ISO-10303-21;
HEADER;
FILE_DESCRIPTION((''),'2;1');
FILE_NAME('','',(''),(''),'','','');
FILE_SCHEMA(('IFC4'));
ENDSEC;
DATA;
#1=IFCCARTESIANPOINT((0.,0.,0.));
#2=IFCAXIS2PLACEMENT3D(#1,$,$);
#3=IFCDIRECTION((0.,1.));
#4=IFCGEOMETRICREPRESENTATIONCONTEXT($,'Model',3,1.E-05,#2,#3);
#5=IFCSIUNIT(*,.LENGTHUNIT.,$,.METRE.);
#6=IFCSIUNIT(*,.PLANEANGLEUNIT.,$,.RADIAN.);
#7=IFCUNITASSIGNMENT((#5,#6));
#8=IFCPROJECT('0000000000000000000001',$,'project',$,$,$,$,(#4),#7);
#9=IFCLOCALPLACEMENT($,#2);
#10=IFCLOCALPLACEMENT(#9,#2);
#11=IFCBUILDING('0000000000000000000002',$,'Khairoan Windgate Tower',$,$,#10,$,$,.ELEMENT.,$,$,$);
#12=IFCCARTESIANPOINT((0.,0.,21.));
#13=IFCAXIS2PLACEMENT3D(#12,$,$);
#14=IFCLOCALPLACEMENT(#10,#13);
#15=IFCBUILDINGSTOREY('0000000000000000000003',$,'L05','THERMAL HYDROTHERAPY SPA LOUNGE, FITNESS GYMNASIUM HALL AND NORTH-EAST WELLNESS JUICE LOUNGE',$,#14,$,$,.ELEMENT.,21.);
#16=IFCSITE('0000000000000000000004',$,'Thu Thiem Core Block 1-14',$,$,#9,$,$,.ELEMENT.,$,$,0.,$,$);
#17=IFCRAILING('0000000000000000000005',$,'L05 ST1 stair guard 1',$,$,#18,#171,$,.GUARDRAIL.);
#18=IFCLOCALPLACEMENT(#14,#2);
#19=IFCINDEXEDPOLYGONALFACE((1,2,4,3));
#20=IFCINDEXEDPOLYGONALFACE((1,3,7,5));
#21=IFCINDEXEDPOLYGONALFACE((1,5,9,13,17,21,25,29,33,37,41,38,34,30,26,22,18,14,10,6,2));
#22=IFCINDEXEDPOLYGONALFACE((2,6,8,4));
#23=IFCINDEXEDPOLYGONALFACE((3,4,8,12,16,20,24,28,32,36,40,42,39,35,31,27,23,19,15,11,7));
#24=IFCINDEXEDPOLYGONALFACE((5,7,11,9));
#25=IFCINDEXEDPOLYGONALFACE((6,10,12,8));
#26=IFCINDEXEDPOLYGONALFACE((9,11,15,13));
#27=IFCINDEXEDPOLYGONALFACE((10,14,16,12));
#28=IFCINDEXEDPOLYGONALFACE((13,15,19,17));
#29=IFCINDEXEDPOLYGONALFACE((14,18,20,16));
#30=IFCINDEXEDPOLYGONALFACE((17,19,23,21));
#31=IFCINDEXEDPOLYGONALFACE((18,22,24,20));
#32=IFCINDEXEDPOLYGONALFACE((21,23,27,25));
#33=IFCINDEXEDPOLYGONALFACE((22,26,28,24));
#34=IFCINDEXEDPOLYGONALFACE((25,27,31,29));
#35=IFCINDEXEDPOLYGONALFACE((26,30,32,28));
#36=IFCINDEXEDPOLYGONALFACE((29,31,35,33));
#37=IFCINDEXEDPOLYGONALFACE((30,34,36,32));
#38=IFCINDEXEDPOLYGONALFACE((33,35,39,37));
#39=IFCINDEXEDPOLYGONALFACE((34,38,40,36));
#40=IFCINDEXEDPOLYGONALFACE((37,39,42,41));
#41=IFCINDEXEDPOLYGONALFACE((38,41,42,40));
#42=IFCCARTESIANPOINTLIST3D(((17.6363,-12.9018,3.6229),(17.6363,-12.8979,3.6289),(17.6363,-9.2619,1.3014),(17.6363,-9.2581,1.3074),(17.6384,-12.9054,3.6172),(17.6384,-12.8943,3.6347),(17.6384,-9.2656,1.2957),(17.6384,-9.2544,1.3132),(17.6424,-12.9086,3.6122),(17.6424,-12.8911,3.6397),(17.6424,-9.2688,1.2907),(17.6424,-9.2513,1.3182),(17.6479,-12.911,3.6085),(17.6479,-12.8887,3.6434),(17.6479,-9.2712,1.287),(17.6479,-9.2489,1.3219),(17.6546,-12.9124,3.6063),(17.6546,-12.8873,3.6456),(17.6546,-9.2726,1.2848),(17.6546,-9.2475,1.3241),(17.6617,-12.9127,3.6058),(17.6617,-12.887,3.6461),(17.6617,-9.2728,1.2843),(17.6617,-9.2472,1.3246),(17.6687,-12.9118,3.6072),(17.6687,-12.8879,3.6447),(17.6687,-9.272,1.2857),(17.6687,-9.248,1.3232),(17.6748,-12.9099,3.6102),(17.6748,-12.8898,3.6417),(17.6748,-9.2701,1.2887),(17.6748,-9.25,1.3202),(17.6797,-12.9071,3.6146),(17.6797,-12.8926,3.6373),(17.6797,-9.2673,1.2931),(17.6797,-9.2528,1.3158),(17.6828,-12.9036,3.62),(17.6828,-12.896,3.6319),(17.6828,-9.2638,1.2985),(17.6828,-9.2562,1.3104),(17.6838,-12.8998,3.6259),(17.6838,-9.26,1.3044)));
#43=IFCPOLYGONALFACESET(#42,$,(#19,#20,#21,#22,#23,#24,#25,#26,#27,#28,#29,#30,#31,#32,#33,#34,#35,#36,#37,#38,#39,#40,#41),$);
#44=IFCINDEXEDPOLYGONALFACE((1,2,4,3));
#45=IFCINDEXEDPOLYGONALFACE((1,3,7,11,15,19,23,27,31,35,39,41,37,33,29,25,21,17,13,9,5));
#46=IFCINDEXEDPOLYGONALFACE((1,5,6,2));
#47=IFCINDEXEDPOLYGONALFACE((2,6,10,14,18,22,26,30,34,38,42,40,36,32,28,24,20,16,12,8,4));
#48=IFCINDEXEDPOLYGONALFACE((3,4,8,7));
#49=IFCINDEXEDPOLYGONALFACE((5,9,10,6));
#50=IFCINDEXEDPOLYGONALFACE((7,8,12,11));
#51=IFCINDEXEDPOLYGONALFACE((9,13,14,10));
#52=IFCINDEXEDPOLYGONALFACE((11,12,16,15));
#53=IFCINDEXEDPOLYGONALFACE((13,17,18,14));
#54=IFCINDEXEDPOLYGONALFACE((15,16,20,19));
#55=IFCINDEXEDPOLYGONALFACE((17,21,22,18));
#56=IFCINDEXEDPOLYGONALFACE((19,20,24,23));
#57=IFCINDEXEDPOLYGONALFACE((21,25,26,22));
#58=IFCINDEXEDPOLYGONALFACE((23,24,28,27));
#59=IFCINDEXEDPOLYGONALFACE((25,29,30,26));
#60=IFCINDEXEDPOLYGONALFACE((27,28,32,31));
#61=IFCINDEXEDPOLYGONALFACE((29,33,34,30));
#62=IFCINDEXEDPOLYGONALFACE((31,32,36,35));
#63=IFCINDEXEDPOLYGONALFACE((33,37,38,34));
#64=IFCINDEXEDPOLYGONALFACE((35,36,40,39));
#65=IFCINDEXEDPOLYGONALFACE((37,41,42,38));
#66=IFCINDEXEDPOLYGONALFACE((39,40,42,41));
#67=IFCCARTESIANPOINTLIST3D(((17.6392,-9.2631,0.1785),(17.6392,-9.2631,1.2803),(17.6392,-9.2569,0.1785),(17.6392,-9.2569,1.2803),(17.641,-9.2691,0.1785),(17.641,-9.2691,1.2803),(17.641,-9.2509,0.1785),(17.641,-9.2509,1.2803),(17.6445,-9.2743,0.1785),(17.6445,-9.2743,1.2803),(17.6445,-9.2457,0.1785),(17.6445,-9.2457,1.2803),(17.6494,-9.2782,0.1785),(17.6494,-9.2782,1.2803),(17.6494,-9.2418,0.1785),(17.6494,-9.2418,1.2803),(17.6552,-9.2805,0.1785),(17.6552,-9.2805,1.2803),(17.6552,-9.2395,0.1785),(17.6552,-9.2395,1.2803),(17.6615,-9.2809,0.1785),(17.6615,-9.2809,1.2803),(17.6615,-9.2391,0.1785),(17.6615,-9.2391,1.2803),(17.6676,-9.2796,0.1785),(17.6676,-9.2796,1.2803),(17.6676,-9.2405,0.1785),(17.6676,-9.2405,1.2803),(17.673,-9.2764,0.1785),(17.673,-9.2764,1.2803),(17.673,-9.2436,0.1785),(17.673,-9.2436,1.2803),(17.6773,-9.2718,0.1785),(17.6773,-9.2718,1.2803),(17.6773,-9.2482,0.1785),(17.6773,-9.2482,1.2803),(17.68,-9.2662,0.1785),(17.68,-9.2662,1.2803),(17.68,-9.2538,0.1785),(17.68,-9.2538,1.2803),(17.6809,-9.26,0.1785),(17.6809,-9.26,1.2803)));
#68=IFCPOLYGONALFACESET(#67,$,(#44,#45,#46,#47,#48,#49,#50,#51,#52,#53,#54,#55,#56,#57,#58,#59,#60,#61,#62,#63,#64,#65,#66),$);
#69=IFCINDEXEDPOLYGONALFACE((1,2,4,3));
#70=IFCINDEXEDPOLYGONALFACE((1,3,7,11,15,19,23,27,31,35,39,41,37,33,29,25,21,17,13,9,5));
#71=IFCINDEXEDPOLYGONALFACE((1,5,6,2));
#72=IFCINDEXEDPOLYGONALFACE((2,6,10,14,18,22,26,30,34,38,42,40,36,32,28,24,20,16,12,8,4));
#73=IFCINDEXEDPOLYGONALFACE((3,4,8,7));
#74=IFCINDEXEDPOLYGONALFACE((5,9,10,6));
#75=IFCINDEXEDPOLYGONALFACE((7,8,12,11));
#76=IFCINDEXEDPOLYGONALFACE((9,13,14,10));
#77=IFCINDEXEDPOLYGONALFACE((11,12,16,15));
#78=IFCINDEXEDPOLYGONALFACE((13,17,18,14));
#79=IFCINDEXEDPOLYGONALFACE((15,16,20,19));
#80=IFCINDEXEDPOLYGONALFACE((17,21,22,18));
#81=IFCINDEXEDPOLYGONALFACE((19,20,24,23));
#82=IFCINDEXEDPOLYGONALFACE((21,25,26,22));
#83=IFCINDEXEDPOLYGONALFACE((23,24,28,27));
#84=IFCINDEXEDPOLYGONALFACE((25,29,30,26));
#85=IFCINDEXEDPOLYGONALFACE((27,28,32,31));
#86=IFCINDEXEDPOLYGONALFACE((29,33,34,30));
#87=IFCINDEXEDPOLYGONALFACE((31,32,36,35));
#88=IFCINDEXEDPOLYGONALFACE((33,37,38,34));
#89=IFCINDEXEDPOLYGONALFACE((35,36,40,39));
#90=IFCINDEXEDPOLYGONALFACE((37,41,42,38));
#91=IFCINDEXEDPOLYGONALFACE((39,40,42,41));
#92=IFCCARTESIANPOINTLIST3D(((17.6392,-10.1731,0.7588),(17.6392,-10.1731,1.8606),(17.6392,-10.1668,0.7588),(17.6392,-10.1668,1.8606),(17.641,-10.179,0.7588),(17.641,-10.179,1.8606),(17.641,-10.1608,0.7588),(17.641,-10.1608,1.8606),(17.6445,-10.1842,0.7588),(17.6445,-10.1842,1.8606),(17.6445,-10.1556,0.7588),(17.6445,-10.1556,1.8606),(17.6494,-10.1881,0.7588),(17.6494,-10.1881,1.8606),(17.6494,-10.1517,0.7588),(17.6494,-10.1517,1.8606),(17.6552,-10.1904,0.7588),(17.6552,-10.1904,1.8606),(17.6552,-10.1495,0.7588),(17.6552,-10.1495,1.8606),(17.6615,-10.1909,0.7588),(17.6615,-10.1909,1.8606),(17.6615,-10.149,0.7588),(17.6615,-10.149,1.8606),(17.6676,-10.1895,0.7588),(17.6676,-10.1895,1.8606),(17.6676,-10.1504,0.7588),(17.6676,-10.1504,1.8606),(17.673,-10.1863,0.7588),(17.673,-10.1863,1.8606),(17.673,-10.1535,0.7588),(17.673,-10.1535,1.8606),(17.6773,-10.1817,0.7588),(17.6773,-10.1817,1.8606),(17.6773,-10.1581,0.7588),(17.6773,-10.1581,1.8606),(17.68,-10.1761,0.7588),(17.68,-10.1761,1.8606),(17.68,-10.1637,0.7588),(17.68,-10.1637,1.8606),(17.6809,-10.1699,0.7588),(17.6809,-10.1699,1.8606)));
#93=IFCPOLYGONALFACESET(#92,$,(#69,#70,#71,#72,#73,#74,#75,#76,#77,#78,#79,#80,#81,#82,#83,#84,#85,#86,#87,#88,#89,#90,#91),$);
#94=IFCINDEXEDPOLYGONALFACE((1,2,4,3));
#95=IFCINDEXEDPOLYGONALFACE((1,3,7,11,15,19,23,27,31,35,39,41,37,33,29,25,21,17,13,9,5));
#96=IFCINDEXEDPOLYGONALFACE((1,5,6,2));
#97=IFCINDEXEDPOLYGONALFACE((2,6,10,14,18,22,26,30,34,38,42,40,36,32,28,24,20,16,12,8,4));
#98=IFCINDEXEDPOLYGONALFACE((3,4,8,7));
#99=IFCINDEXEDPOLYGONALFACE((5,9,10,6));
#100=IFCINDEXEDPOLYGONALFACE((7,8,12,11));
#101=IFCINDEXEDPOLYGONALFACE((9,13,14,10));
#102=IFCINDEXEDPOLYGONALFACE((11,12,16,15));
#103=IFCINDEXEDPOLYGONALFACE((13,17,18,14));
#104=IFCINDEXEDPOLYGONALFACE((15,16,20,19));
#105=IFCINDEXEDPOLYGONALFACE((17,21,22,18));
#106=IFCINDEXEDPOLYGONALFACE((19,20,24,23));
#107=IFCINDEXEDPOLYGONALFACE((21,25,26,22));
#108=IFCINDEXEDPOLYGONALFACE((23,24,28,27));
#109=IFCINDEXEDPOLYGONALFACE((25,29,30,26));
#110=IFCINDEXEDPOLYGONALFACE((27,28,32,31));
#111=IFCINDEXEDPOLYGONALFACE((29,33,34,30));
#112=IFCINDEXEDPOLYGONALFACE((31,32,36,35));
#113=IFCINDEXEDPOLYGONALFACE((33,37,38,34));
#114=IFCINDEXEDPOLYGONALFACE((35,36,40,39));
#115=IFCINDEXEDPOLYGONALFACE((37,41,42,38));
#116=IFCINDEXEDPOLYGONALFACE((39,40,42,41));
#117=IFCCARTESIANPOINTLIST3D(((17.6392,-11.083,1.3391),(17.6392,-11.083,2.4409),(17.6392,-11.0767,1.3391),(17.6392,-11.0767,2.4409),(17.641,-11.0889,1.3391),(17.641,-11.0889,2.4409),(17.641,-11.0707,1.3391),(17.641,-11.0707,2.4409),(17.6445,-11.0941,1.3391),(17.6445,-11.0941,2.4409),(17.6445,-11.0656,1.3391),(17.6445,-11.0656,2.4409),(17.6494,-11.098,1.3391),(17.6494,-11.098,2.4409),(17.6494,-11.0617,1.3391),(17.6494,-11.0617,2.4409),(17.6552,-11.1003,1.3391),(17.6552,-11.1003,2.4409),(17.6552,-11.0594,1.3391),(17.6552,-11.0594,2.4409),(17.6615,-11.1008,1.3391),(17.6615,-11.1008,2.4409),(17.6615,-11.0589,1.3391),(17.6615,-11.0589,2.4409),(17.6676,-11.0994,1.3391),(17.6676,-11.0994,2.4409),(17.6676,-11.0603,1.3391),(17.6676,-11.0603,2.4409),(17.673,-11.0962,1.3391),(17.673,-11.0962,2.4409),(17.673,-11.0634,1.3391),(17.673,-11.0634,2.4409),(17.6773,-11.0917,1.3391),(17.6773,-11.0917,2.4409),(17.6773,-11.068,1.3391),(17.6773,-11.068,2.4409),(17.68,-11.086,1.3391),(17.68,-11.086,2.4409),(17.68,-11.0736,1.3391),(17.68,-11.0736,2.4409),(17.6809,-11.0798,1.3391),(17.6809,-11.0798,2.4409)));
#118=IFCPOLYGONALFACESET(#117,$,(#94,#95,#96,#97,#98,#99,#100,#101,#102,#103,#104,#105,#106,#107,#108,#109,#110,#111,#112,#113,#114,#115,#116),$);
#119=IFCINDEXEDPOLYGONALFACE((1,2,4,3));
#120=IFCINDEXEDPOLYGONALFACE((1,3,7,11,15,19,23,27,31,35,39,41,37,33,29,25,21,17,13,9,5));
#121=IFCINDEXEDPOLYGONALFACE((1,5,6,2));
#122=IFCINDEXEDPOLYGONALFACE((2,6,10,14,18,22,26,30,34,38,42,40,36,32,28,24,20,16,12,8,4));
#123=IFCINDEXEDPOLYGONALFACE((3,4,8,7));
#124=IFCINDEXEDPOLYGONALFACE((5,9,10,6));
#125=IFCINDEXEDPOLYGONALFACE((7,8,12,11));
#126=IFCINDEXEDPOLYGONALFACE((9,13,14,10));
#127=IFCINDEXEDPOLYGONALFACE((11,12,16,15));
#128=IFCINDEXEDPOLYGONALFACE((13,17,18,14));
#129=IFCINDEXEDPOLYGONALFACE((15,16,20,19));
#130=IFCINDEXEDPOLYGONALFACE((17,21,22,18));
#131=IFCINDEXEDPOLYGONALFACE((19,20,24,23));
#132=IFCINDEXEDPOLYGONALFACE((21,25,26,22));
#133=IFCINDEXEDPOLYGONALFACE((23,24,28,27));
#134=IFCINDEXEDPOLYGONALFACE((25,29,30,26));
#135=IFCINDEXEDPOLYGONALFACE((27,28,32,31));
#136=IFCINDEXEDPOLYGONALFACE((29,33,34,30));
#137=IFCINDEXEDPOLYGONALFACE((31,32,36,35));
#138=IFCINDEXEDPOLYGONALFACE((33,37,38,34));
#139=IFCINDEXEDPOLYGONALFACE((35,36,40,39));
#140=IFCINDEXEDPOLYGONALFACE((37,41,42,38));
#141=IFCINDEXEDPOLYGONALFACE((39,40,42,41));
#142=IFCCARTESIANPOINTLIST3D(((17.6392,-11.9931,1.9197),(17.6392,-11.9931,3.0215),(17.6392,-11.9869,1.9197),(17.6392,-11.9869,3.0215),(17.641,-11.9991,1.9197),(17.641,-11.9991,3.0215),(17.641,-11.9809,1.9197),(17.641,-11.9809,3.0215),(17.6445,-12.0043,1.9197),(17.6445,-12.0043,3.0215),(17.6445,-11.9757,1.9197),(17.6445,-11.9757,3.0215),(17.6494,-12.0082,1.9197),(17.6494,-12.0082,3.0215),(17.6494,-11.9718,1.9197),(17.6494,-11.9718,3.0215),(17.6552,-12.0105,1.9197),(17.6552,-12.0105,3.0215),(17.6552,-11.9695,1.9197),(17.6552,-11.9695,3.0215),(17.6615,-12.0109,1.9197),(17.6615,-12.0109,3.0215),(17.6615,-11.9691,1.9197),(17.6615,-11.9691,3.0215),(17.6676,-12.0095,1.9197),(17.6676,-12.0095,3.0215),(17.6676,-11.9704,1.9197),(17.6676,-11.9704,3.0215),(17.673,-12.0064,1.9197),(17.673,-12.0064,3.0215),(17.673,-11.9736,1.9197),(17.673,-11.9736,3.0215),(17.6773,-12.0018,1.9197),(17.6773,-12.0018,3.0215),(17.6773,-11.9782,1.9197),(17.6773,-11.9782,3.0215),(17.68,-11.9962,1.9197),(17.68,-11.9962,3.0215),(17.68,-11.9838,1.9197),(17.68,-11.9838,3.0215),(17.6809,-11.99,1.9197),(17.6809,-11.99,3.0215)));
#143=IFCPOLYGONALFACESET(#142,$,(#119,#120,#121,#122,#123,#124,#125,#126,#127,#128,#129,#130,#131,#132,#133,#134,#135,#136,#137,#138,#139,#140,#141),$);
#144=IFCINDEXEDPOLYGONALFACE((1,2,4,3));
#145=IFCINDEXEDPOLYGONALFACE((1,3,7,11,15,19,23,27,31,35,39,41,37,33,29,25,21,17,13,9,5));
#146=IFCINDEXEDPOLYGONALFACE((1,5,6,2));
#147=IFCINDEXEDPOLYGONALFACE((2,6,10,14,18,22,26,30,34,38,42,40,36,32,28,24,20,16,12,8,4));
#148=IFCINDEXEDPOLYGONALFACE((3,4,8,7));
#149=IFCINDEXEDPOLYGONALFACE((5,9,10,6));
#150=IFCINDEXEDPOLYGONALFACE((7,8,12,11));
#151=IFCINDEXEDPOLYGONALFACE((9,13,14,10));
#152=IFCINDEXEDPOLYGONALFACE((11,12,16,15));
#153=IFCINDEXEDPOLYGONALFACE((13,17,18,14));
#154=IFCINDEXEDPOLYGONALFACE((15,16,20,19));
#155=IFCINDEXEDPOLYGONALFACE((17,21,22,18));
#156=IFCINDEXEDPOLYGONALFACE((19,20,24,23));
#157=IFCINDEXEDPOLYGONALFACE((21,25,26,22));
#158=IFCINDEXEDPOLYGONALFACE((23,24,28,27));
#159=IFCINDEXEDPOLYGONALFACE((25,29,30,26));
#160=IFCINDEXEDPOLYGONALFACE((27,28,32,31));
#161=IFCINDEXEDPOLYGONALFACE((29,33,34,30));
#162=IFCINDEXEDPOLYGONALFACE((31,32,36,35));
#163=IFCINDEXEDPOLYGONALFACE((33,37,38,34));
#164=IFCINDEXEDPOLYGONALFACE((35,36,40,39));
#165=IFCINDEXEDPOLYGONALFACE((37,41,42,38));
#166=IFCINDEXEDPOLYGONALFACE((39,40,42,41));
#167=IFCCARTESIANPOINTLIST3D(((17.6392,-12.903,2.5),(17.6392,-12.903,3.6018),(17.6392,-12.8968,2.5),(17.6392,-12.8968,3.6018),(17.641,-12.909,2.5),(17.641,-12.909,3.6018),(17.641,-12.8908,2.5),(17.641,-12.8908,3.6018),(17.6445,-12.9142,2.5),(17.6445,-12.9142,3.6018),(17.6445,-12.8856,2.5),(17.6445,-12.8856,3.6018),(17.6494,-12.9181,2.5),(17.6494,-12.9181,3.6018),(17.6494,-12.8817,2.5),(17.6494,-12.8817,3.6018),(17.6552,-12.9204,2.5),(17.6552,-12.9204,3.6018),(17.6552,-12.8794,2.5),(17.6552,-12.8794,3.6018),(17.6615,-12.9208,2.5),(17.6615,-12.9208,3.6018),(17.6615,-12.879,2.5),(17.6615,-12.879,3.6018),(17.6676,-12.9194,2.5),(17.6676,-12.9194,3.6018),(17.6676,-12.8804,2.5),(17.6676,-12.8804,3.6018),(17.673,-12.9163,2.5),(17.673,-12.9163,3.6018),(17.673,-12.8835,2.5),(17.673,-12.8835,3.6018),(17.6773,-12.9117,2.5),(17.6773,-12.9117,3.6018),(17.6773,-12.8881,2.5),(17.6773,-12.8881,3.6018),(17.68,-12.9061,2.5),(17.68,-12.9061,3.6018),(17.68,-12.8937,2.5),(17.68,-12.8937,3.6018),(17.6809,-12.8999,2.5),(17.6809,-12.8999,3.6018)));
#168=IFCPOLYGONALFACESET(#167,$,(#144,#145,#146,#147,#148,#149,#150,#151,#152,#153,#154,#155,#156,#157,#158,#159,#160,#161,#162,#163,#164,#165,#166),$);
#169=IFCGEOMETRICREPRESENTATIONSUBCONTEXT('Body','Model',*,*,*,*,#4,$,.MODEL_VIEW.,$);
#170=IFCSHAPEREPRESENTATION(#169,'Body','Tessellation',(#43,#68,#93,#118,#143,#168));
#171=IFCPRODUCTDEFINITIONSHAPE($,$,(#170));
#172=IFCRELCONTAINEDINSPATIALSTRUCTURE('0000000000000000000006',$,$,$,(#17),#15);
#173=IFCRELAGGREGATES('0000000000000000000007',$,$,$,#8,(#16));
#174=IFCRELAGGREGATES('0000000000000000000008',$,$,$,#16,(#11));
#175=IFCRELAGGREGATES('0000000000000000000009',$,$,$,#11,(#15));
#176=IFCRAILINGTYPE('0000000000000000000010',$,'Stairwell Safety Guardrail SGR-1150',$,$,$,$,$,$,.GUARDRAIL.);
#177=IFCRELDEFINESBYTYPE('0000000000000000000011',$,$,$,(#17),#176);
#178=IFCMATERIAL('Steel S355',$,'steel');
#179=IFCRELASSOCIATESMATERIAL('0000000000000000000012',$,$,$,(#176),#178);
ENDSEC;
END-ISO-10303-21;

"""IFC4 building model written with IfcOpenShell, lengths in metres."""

from ifc_helpers import new_model, si_unit, direction, frame, origin, origin_2d, place, context, subcontext, project, spatial, circle, extrude, material, type_object, element, save


model = new_model("IFC4")

# Units and contexts
model_context = context("Model", 3, precision=1e-05, world=origin(), true_north=direction((0.0, 1.0)))
body_context = subcontext(model_context, "Body", "Model", "MODEL_VIEW")
ifc_project = project(units=[si_unit("LENGTHUNIT", "METRE"), si_unit("PLANEANGLEUNIT", "RADIAN")], contexts=[model_context])

# Site, building, storey
site_placement = place(None, origin())
site = spatial("IfcSite", under=ifc_project, at=site_placement, Name="Thu Thiem Core Block 1-14", CompositionType="ELEMENT", RefElevation=0.0)
building_placement = place(site_placement, origin())
building = spatial("IfcBuilding", under=site, at=building_placement, Name="Khairoan Windgate Tower", CompositionType="ELEMENT")
storey_placement = place(building_placement, frame((0.0, 0.0, 21.0)))
storey = spatial("IfcBuildingStorey", under=building, at=storey_placement, Name="L05", Description="THERMAL HYDROTHERAPY SPA LOUNGE, FITNESS GYMNASIUM HALL AND NORTH-EAST WELLNESS JUICE LOUNGE", CompositionType="ELEMENT", Elevation=21.0)

# Railing
ifc_material_1 = material(Name="Steel S355", Category="steel")
railing_type_1 = type_object("IfcRailingType", Name="Stairwell Safety Guardrail SGR-1150", PredefinedType="GUARDRAIL", material=ifc_material_1)
railing_1_placement = place(storey_placement, frame((17.6599, -9.26, 0.1785)))
element("IfcRailing", 1, at=railing_1_placement, inside=storey, type_object=railing_type_1, Name="L05 ST1 stair guard 1", PredefinedType="GUARDRAIL", context=body_context, shape_type="SweptSolid", body=[
    extrude(circle(Radius=0.0239, at=origin_2d()), frame((0.0, 0.0, 1.126), z_axis=(0.0, -0.843112, 0.537739), x_axis=(1.0, 0.0, 0.0)), (0.0, 0.0, 1.0), 4.3171),
    extrude(circle(Radius=0.021, at=origin_2d()), origin(), (0.0, 0.0, 1.0), 1.1018),
    extrude(circle(Radius=0.021, at=origin_2d()), frame((0.0, -0.9099, 0.5803)), (0.0, 0.0, 1.0), 1.1018),
    extrude(circle(Radius=0.021, at=origin_2d()), frame((0.0, -1.8198, 1.1606)), (0.0, 0.0, 1.0), 1.1018),
    extrude(circle(Radius=0.021, at=origin_2d()), frame((0.0, -2.73, 1.7412)), (0.0, 0.0, 1.0), 1.1018),
    extrude(circle(Radius=0.021, at=origin_2d()), frame((0.0, -3.6399, 2.3215)), (0.0, 0.0, 1.0), 1.1018),
])

save(model, "model.ifc")
